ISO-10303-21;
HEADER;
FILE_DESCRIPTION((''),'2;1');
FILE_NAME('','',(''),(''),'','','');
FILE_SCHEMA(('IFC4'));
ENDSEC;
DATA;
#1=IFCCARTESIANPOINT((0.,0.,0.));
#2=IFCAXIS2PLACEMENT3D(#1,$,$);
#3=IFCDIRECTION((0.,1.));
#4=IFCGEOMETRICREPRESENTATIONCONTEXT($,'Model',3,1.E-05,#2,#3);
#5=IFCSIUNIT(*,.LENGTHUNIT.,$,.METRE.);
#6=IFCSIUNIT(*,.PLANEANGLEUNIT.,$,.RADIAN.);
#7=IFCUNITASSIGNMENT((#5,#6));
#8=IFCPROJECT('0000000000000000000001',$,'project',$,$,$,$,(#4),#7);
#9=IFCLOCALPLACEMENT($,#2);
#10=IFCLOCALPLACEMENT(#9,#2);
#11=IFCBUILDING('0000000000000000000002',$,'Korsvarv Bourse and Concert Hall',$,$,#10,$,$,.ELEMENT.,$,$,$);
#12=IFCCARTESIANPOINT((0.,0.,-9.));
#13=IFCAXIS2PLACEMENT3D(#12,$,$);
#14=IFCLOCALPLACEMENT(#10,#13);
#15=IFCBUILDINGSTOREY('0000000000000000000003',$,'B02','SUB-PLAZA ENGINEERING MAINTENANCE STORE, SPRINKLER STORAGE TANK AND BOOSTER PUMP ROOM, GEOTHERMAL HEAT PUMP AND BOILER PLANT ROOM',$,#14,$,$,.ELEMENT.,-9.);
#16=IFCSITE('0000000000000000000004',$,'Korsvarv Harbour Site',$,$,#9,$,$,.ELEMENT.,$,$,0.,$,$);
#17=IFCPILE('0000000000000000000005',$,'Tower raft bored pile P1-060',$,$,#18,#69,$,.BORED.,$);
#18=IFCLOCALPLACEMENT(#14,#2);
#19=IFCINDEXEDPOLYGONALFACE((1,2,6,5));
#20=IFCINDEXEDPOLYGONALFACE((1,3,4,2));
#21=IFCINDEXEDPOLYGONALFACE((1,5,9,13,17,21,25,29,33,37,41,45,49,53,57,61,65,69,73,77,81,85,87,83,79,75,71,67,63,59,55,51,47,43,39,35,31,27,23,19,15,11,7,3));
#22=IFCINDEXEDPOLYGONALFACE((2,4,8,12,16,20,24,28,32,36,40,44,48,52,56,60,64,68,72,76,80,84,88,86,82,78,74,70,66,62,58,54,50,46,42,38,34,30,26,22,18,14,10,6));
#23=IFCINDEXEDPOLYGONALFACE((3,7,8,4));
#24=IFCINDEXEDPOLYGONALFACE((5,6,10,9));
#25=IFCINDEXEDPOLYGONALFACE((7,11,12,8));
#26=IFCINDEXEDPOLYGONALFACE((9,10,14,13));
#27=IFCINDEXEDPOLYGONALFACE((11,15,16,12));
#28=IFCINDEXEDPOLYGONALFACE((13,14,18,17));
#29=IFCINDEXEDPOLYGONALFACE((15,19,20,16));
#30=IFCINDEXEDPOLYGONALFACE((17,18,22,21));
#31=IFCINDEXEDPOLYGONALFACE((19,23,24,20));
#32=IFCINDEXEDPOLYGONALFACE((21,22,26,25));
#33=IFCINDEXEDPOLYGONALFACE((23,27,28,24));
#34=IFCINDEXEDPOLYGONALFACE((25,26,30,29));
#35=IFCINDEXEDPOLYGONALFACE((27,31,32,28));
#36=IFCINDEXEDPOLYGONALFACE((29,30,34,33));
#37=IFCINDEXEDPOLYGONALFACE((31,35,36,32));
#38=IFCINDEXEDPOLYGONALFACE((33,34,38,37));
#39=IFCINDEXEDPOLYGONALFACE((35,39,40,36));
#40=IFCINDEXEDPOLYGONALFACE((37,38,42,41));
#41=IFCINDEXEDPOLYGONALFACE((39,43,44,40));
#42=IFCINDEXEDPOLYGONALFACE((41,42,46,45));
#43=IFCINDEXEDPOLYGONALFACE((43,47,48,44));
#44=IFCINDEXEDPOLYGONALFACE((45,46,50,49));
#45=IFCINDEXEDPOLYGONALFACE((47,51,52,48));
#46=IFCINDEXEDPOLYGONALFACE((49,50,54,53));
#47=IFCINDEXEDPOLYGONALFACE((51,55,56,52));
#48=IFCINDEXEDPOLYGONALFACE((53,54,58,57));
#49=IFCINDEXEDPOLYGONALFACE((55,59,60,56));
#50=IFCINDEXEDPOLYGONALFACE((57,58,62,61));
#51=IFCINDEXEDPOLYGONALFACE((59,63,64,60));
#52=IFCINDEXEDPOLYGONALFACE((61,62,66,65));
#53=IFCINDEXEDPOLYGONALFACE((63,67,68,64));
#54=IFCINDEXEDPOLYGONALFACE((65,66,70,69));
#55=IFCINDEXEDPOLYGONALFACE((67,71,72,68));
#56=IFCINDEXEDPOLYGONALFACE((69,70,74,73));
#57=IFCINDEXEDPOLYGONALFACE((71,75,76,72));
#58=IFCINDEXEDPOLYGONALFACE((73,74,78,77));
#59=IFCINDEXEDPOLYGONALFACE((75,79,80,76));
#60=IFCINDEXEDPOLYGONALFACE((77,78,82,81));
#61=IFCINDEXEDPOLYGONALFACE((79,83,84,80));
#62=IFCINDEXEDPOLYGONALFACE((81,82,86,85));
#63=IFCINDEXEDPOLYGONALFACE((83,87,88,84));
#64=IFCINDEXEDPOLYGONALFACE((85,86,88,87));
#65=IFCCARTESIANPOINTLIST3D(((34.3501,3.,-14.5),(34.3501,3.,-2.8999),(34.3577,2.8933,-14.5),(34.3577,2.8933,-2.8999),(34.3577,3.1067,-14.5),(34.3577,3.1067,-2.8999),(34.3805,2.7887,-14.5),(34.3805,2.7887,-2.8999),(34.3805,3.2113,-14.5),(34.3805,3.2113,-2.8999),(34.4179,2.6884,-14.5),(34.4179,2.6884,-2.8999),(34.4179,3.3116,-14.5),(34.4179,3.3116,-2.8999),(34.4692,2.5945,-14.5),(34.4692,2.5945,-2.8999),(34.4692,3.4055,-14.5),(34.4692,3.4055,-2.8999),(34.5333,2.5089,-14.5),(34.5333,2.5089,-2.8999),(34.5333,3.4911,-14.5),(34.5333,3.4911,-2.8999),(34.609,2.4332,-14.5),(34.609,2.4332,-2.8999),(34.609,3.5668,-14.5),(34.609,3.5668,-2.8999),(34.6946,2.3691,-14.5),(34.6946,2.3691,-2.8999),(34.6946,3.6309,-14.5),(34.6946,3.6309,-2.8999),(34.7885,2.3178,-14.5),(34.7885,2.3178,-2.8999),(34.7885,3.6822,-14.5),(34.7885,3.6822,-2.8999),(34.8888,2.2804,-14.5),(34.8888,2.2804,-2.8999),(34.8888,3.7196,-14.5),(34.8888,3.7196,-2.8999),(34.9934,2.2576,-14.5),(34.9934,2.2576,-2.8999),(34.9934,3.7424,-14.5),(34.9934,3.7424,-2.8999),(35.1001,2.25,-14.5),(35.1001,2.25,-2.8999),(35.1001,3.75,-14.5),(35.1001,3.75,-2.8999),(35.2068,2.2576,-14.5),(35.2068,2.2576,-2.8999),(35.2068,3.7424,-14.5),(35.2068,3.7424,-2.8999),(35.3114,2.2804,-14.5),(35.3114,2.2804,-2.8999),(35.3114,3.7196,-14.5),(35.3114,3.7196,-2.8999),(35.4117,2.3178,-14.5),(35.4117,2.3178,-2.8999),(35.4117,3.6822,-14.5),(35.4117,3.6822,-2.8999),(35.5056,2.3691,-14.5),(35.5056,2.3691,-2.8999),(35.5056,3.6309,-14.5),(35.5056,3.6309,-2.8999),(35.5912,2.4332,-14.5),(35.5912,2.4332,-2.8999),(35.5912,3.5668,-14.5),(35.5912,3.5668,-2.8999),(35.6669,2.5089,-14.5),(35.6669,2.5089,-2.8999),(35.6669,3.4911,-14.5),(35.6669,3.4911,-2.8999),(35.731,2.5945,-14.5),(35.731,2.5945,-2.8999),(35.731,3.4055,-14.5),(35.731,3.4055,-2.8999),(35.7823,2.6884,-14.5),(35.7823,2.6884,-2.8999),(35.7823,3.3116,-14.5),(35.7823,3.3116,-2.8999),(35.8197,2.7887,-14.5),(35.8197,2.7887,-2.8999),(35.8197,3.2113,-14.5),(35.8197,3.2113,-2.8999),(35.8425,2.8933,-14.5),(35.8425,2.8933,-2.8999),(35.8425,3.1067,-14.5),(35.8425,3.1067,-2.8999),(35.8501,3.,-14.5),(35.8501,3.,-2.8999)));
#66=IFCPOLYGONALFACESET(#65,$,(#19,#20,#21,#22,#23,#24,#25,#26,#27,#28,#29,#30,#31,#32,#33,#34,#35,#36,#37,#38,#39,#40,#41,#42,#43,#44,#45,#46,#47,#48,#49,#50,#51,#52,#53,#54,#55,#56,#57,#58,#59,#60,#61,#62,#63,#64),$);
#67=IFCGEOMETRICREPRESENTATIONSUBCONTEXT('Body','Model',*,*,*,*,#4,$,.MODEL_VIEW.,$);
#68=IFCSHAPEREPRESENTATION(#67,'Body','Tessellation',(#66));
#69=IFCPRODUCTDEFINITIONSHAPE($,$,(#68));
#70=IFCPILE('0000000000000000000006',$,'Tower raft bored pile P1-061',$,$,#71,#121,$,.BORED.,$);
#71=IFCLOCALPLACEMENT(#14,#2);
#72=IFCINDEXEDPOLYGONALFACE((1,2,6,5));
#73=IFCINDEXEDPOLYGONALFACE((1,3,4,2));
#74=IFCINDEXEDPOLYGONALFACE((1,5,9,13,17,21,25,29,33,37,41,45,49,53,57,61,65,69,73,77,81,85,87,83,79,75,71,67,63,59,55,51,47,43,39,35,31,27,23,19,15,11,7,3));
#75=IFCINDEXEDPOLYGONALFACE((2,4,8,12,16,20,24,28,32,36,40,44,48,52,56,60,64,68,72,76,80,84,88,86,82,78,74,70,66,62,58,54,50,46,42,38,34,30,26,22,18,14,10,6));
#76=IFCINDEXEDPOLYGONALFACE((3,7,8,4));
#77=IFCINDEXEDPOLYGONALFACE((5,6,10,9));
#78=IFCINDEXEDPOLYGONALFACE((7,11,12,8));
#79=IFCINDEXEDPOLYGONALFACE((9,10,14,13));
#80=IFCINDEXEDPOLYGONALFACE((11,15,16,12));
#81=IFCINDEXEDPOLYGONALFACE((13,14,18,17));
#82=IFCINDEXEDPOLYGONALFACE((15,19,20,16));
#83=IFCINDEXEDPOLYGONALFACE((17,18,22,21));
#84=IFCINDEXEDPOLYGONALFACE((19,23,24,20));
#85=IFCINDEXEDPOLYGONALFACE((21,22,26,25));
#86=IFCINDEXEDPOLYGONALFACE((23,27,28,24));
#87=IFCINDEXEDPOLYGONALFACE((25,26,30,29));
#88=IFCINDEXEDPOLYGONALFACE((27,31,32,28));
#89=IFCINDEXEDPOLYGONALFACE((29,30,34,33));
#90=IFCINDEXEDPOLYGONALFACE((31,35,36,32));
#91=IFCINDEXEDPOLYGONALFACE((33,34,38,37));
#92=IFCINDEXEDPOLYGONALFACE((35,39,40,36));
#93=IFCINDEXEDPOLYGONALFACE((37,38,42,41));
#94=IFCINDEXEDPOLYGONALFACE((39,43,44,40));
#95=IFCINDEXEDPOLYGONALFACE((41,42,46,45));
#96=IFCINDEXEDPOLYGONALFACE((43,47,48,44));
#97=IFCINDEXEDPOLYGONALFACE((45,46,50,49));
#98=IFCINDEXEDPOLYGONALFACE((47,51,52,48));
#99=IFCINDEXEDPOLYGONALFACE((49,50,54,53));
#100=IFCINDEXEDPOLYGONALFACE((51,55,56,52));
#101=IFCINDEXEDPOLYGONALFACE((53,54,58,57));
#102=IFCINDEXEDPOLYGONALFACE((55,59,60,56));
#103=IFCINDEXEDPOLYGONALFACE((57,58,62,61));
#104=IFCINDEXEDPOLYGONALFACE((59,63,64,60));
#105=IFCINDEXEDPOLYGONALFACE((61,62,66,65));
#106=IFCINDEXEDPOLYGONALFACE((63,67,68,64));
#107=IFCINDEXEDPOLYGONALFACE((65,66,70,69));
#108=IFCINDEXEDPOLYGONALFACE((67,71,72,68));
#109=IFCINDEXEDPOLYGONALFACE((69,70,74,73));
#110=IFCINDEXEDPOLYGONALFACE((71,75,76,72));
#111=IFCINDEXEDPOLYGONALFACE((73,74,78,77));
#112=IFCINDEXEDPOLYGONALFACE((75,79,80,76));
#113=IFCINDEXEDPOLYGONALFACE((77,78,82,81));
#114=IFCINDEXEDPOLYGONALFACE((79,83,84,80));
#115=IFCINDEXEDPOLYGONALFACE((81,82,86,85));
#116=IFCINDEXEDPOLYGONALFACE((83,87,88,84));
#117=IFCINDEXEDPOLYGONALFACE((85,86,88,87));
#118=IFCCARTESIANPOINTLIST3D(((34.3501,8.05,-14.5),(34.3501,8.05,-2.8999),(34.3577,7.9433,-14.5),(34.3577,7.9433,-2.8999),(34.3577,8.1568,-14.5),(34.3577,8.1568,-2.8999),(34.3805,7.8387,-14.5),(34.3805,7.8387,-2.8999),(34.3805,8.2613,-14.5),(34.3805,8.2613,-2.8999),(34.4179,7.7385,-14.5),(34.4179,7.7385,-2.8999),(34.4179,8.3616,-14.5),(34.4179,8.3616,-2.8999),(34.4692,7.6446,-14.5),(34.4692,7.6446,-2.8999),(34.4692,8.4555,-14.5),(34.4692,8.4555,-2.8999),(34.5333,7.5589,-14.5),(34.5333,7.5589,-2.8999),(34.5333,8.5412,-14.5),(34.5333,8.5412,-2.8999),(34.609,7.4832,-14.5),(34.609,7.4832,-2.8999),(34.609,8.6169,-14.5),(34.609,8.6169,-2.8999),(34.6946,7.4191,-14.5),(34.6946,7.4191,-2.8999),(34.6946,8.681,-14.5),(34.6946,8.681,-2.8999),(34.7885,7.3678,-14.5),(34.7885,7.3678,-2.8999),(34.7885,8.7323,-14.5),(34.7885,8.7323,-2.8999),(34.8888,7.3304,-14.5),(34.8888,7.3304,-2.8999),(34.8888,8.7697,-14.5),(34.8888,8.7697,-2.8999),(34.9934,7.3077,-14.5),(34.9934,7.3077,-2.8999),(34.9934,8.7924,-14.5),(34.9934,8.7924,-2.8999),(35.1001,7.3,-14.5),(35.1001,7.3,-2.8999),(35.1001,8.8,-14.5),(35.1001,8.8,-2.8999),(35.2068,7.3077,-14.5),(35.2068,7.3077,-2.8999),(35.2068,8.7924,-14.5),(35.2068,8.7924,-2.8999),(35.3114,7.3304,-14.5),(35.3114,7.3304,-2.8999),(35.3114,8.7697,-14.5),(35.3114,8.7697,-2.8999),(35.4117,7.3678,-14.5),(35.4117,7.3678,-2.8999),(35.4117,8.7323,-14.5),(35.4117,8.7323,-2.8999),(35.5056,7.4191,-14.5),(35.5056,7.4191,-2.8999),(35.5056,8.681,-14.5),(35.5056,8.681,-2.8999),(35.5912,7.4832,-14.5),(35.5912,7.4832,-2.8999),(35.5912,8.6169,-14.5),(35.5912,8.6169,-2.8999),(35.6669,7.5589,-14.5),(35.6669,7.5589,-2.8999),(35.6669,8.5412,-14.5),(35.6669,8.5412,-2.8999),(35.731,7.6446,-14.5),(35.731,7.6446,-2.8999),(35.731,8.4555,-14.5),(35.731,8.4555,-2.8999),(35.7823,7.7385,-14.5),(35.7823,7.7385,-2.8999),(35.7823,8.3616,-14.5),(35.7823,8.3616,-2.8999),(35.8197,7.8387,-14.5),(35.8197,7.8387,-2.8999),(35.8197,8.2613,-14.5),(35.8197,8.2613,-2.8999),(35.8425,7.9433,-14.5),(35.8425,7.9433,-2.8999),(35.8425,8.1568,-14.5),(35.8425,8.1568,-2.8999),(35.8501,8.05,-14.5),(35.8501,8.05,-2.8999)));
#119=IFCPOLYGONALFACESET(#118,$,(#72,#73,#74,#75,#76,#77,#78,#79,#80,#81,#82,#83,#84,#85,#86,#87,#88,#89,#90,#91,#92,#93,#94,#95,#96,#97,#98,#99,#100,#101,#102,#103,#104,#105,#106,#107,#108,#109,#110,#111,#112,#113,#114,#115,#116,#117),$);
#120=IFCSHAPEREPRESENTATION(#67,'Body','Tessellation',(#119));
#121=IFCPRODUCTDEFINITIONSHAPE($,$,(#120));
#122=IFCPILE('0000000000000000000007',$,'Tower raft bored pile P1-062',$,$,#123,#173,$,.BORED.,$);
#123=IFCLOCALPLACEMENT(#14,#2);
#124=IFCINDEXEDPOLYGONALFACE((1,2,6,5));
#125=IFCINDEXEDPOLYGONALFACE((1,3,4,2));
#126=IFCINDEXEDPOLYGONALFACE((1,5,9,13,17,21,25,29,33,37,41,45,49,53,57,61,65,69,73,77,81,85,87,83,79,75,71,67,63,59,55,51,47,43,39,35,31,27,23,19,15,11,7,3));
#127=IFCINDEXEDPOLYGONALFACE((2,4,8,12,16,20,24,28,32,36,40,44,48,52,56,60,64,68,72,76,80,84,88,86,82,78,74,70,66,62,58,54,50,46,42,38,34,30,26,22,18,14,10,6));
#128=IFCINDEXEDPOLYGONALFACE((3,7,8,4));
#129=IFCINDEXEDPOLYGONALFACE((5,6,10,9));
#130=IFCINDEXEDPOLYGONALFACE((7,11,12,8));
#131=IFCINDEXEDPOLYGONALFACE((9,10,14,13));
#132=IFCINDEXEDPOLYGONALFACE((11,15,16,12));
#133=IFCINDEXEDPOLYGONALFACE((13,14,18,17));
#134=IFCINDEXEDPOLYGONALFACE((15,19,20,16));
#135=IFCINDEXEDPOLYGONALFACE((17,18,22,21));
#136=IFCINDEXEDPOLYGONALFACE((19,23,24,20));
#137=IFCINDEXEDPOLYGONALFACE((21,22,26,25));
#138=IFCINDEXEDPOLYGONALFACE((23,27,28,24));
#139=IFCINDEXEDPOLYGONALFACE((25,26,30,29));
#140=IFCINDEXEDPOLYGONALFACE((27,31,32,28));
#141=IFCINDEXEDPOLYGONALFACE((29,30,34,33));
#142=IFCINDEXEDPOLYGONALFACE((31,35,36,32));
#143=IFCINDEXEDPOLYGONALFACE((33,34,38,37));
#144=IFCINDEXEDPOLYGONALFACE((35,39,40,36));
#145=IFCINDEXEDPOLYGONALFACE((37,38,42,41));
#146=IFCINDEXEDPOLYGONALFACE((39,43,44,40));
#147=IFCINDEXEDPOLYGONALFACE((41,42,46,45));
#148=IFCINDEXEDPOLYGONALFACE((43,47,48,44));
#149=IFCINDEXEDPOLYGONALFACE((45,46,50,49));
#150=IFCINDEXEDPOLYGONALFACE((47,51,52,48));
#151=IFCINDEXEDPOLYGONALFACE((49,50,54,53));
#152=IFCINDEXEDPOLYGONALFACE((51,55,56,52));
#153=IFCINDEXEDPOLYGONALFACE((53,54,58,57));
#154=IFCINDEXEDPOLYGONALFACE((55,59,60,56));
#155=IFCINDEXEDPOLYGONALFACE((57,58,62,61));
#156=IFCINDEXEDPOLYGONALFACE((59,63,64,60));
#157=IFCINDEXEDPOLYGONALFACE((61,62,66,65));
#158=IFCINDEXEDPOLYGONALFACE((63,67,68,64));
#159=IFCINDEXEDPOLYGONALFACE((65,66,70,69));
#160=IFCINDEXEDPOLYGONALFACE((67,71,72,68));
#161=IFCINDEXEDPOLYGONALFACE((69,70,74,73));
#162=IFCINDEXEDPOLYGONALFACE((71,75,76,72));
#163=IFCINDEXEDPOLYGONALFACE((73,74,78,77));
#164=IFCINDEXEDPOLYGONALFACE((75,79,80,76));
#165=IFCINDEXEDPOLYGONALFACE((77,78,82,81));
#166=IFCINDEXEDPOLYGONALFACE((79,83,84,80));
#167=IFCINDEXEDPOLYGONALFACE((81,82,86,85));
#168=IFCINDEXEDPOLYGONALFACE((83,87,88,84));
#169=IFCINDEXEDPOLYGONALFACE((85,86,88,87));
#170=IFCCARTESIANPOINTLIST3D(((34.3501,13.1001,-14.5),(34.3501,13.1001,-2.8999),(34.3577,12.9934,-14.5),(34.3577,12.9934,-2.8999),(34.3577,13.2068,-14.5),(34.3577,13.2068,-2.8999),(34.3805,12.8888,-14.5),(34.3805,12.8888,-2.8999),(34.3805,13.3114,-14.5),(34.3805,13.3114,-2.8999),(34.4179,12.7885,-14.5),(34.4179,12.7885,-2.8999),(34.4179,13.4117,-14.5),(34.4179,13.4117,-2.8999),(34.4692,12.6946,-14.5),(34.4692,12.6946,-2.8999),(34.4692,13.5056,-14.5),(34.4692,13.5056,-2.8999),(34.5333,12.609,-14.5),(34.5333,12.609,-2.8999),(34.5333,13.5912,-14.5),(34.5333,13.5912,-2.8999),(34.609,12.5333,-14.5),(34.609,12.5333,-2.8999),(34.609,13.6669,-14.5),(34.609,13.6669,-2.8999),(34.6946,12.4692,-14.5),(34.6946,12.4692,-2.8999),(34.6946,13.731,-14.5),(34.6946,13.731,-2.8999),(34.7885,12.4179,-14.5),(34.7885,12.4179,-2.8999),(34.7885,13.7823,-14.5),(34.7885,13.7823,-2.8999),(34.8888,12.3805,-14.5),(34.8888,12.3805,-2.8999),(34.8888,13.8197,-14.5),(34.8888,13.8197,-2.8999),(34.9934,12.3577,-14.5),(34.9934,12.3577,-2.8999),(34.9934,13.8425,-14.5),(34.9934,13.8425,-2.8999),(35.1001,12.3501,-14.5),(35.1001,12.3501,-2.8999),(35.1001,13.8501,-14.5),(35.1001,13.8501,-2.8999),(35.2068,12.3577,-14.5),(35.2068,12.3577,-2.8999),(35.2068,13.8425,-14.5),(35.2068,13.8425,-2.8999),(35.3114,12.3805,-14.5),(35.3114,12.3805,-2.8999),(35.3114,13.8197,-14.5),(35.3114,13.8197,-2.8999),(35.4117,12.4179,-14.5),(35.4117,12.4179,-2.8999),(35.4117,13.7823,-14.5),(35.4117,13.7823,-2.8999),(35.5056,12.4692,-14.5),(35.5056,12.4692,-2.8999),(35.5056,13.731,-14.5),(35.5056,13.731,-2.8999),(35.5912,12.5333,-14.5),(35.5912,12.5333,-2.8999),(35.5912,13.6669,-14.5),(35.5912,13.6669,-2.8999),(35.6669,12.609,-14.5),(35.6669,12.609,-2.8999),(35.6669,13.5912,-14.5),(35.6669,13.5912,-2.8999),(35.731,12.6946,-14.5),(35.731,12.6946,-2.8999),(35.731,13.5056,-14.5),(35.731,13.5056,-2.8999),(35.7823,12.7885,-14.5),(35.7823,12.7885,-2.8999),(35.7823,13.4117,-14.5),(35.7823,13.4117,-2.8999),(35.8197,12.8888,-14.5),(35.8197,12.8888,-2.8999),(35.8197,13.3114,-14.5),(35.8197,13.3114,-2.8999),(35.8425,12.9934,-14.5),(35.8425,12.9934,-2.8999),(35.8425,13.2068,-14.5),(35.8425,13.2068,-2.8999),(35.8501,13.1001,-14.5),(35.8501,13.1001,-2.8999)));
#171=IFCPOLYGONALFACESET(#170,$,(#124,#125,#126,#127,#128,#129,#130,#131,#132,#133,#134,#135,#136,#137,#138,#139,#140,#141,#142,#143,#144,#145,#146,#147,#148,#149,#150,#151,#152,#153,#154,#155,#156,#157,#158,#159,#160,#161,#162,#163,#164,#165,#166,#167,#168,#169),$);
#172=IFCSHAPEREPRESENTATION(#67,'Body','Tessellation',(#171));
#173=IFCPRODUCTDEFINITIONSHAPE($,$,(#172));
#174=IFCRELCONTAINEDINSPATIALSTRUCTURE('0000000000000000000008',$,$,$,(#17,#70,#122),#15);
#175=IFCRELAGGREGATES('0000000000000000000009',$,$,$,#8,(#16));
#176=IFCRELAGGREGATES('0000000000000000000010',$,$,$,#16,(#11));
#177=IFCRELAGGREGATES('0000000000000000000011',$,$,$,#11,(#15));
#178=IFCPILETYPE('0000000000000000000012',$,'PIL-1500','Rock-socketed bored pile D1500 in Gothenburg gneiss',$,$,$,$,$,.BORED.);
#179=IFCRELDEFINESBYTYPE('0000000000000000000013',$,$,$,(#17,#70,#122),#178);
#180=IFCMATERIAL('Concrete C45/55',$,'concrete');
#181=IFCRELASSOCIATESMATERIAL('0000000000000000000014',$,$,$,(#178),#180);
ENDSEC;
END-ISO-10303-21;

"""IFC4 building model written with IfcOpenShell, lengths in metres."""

from ifc_helpers import new_model, si_unit, direction, frame, origin, origin_2d, place, context, subcontext, project, spatial, circle, extrude, source, transform, mapped, material, material_profile, profile_set, type_object, element, save


model = new_model("IFC4")

# Units and contexts
model_context = context("Model", 3, precision=1e-05, world=origin(), true_north=direction((0.0, 1.0)))
body_context = subcontext(model_context, "Body", "Model", "MODEL_VIEW")
ifc_project = project(units=[si_unit("LENGTHUNIT", "METRE"), si_unit("PLANEANGLEUNIT", "RADIAN")], contexts=[model_context])

# Site, building, storey
site_placement = place(None, origin())
site = spatial("IfcSite", under=ifc_project, at=site_placement, Name="Korsvarv Harbour Site", CompositionType="ELEMENT", RefElevation=0.0)
building_placement = place(site_placement, origin())
building = spatial("IfcBuilding", under=site, at=building_placement, Name="Korsvarv Bourse and Concert Hall", CompositionType="ELEMENT")
storey_placement = place(building_placement, frame((0.0, 0.0, -9.0)))
storey = spatial("IfcBuildingStorey", under=building, at=storey_placement, Name="B02", Description="SUB-PLAZA ENGINEERING MAINTENANCE STORE, SPRINKLER STORAGE TANK AND BOOSTER PUMP ROOM, GEOTHERMAL HEAT PUMP AND BOILER PLANT ROOM", CompositionType="ELEMENT", Elevation=-9.0)

# Piles
ifc_material_1 = material(Name="Concrete C45/55", Category="concrete")
ifc_material_profile_1 = material_profile(ifc_material_1, circle(Radius=0.75, at=origin_2d()), Name="PILE D1500")
ifc_profile_set_1 = profile_set([ifc_material_profile_1], Name="Concrete C45/55")
pile_type = type_object("IfcPileType", Name="PIL-1500", Description="Rock-socketed bored pile D1500 in Gothenburg gneiss", PredefinedType="BORED", material=ifc_profile_set_1)
shared_shape_1 = source(origin(), body_context, "Body", "SweptSolid", [
    extrude(circle(Radius=0.75, at=origin_2d()), origin(), (0.0, 0.0, 1.0), 11.6001),
])
for number, where, z_axis, x_axis, name in (
    (1, (35.1001, 3.0, -2.8999), (0.0, 0.0, -1.0), (1.0, 0.0, 0.0), "Tower raft bored pile P1-060"),
    (2, (35.1001, 8.05, -2.8999), (0.0, 0.0, -1.0), (1.0, 0.0, 0.0), "Tower raft bored pile P1-061"),
    (3, (35.1001, 13.1001, -2.8999), (0.0, 0.0, -1.0), (1.0, 0.0, 0.0), "Tower raft bored pile P1-062"),
):
    element("IfcPile", number, at=place(storey_placement, frame(where, z_axis=z_axis, x_axis=x_axis)), inside=storey, type_object=pile_type, Name=name, PredefinedType="BORED", context=body_context, shape_type="MappedRepresentation", body=[
        mapped(shared_shape_1, transform((0.0, 0.0, 0.0), scale=1.0)),
    ])

save(model, "model.ifc")
